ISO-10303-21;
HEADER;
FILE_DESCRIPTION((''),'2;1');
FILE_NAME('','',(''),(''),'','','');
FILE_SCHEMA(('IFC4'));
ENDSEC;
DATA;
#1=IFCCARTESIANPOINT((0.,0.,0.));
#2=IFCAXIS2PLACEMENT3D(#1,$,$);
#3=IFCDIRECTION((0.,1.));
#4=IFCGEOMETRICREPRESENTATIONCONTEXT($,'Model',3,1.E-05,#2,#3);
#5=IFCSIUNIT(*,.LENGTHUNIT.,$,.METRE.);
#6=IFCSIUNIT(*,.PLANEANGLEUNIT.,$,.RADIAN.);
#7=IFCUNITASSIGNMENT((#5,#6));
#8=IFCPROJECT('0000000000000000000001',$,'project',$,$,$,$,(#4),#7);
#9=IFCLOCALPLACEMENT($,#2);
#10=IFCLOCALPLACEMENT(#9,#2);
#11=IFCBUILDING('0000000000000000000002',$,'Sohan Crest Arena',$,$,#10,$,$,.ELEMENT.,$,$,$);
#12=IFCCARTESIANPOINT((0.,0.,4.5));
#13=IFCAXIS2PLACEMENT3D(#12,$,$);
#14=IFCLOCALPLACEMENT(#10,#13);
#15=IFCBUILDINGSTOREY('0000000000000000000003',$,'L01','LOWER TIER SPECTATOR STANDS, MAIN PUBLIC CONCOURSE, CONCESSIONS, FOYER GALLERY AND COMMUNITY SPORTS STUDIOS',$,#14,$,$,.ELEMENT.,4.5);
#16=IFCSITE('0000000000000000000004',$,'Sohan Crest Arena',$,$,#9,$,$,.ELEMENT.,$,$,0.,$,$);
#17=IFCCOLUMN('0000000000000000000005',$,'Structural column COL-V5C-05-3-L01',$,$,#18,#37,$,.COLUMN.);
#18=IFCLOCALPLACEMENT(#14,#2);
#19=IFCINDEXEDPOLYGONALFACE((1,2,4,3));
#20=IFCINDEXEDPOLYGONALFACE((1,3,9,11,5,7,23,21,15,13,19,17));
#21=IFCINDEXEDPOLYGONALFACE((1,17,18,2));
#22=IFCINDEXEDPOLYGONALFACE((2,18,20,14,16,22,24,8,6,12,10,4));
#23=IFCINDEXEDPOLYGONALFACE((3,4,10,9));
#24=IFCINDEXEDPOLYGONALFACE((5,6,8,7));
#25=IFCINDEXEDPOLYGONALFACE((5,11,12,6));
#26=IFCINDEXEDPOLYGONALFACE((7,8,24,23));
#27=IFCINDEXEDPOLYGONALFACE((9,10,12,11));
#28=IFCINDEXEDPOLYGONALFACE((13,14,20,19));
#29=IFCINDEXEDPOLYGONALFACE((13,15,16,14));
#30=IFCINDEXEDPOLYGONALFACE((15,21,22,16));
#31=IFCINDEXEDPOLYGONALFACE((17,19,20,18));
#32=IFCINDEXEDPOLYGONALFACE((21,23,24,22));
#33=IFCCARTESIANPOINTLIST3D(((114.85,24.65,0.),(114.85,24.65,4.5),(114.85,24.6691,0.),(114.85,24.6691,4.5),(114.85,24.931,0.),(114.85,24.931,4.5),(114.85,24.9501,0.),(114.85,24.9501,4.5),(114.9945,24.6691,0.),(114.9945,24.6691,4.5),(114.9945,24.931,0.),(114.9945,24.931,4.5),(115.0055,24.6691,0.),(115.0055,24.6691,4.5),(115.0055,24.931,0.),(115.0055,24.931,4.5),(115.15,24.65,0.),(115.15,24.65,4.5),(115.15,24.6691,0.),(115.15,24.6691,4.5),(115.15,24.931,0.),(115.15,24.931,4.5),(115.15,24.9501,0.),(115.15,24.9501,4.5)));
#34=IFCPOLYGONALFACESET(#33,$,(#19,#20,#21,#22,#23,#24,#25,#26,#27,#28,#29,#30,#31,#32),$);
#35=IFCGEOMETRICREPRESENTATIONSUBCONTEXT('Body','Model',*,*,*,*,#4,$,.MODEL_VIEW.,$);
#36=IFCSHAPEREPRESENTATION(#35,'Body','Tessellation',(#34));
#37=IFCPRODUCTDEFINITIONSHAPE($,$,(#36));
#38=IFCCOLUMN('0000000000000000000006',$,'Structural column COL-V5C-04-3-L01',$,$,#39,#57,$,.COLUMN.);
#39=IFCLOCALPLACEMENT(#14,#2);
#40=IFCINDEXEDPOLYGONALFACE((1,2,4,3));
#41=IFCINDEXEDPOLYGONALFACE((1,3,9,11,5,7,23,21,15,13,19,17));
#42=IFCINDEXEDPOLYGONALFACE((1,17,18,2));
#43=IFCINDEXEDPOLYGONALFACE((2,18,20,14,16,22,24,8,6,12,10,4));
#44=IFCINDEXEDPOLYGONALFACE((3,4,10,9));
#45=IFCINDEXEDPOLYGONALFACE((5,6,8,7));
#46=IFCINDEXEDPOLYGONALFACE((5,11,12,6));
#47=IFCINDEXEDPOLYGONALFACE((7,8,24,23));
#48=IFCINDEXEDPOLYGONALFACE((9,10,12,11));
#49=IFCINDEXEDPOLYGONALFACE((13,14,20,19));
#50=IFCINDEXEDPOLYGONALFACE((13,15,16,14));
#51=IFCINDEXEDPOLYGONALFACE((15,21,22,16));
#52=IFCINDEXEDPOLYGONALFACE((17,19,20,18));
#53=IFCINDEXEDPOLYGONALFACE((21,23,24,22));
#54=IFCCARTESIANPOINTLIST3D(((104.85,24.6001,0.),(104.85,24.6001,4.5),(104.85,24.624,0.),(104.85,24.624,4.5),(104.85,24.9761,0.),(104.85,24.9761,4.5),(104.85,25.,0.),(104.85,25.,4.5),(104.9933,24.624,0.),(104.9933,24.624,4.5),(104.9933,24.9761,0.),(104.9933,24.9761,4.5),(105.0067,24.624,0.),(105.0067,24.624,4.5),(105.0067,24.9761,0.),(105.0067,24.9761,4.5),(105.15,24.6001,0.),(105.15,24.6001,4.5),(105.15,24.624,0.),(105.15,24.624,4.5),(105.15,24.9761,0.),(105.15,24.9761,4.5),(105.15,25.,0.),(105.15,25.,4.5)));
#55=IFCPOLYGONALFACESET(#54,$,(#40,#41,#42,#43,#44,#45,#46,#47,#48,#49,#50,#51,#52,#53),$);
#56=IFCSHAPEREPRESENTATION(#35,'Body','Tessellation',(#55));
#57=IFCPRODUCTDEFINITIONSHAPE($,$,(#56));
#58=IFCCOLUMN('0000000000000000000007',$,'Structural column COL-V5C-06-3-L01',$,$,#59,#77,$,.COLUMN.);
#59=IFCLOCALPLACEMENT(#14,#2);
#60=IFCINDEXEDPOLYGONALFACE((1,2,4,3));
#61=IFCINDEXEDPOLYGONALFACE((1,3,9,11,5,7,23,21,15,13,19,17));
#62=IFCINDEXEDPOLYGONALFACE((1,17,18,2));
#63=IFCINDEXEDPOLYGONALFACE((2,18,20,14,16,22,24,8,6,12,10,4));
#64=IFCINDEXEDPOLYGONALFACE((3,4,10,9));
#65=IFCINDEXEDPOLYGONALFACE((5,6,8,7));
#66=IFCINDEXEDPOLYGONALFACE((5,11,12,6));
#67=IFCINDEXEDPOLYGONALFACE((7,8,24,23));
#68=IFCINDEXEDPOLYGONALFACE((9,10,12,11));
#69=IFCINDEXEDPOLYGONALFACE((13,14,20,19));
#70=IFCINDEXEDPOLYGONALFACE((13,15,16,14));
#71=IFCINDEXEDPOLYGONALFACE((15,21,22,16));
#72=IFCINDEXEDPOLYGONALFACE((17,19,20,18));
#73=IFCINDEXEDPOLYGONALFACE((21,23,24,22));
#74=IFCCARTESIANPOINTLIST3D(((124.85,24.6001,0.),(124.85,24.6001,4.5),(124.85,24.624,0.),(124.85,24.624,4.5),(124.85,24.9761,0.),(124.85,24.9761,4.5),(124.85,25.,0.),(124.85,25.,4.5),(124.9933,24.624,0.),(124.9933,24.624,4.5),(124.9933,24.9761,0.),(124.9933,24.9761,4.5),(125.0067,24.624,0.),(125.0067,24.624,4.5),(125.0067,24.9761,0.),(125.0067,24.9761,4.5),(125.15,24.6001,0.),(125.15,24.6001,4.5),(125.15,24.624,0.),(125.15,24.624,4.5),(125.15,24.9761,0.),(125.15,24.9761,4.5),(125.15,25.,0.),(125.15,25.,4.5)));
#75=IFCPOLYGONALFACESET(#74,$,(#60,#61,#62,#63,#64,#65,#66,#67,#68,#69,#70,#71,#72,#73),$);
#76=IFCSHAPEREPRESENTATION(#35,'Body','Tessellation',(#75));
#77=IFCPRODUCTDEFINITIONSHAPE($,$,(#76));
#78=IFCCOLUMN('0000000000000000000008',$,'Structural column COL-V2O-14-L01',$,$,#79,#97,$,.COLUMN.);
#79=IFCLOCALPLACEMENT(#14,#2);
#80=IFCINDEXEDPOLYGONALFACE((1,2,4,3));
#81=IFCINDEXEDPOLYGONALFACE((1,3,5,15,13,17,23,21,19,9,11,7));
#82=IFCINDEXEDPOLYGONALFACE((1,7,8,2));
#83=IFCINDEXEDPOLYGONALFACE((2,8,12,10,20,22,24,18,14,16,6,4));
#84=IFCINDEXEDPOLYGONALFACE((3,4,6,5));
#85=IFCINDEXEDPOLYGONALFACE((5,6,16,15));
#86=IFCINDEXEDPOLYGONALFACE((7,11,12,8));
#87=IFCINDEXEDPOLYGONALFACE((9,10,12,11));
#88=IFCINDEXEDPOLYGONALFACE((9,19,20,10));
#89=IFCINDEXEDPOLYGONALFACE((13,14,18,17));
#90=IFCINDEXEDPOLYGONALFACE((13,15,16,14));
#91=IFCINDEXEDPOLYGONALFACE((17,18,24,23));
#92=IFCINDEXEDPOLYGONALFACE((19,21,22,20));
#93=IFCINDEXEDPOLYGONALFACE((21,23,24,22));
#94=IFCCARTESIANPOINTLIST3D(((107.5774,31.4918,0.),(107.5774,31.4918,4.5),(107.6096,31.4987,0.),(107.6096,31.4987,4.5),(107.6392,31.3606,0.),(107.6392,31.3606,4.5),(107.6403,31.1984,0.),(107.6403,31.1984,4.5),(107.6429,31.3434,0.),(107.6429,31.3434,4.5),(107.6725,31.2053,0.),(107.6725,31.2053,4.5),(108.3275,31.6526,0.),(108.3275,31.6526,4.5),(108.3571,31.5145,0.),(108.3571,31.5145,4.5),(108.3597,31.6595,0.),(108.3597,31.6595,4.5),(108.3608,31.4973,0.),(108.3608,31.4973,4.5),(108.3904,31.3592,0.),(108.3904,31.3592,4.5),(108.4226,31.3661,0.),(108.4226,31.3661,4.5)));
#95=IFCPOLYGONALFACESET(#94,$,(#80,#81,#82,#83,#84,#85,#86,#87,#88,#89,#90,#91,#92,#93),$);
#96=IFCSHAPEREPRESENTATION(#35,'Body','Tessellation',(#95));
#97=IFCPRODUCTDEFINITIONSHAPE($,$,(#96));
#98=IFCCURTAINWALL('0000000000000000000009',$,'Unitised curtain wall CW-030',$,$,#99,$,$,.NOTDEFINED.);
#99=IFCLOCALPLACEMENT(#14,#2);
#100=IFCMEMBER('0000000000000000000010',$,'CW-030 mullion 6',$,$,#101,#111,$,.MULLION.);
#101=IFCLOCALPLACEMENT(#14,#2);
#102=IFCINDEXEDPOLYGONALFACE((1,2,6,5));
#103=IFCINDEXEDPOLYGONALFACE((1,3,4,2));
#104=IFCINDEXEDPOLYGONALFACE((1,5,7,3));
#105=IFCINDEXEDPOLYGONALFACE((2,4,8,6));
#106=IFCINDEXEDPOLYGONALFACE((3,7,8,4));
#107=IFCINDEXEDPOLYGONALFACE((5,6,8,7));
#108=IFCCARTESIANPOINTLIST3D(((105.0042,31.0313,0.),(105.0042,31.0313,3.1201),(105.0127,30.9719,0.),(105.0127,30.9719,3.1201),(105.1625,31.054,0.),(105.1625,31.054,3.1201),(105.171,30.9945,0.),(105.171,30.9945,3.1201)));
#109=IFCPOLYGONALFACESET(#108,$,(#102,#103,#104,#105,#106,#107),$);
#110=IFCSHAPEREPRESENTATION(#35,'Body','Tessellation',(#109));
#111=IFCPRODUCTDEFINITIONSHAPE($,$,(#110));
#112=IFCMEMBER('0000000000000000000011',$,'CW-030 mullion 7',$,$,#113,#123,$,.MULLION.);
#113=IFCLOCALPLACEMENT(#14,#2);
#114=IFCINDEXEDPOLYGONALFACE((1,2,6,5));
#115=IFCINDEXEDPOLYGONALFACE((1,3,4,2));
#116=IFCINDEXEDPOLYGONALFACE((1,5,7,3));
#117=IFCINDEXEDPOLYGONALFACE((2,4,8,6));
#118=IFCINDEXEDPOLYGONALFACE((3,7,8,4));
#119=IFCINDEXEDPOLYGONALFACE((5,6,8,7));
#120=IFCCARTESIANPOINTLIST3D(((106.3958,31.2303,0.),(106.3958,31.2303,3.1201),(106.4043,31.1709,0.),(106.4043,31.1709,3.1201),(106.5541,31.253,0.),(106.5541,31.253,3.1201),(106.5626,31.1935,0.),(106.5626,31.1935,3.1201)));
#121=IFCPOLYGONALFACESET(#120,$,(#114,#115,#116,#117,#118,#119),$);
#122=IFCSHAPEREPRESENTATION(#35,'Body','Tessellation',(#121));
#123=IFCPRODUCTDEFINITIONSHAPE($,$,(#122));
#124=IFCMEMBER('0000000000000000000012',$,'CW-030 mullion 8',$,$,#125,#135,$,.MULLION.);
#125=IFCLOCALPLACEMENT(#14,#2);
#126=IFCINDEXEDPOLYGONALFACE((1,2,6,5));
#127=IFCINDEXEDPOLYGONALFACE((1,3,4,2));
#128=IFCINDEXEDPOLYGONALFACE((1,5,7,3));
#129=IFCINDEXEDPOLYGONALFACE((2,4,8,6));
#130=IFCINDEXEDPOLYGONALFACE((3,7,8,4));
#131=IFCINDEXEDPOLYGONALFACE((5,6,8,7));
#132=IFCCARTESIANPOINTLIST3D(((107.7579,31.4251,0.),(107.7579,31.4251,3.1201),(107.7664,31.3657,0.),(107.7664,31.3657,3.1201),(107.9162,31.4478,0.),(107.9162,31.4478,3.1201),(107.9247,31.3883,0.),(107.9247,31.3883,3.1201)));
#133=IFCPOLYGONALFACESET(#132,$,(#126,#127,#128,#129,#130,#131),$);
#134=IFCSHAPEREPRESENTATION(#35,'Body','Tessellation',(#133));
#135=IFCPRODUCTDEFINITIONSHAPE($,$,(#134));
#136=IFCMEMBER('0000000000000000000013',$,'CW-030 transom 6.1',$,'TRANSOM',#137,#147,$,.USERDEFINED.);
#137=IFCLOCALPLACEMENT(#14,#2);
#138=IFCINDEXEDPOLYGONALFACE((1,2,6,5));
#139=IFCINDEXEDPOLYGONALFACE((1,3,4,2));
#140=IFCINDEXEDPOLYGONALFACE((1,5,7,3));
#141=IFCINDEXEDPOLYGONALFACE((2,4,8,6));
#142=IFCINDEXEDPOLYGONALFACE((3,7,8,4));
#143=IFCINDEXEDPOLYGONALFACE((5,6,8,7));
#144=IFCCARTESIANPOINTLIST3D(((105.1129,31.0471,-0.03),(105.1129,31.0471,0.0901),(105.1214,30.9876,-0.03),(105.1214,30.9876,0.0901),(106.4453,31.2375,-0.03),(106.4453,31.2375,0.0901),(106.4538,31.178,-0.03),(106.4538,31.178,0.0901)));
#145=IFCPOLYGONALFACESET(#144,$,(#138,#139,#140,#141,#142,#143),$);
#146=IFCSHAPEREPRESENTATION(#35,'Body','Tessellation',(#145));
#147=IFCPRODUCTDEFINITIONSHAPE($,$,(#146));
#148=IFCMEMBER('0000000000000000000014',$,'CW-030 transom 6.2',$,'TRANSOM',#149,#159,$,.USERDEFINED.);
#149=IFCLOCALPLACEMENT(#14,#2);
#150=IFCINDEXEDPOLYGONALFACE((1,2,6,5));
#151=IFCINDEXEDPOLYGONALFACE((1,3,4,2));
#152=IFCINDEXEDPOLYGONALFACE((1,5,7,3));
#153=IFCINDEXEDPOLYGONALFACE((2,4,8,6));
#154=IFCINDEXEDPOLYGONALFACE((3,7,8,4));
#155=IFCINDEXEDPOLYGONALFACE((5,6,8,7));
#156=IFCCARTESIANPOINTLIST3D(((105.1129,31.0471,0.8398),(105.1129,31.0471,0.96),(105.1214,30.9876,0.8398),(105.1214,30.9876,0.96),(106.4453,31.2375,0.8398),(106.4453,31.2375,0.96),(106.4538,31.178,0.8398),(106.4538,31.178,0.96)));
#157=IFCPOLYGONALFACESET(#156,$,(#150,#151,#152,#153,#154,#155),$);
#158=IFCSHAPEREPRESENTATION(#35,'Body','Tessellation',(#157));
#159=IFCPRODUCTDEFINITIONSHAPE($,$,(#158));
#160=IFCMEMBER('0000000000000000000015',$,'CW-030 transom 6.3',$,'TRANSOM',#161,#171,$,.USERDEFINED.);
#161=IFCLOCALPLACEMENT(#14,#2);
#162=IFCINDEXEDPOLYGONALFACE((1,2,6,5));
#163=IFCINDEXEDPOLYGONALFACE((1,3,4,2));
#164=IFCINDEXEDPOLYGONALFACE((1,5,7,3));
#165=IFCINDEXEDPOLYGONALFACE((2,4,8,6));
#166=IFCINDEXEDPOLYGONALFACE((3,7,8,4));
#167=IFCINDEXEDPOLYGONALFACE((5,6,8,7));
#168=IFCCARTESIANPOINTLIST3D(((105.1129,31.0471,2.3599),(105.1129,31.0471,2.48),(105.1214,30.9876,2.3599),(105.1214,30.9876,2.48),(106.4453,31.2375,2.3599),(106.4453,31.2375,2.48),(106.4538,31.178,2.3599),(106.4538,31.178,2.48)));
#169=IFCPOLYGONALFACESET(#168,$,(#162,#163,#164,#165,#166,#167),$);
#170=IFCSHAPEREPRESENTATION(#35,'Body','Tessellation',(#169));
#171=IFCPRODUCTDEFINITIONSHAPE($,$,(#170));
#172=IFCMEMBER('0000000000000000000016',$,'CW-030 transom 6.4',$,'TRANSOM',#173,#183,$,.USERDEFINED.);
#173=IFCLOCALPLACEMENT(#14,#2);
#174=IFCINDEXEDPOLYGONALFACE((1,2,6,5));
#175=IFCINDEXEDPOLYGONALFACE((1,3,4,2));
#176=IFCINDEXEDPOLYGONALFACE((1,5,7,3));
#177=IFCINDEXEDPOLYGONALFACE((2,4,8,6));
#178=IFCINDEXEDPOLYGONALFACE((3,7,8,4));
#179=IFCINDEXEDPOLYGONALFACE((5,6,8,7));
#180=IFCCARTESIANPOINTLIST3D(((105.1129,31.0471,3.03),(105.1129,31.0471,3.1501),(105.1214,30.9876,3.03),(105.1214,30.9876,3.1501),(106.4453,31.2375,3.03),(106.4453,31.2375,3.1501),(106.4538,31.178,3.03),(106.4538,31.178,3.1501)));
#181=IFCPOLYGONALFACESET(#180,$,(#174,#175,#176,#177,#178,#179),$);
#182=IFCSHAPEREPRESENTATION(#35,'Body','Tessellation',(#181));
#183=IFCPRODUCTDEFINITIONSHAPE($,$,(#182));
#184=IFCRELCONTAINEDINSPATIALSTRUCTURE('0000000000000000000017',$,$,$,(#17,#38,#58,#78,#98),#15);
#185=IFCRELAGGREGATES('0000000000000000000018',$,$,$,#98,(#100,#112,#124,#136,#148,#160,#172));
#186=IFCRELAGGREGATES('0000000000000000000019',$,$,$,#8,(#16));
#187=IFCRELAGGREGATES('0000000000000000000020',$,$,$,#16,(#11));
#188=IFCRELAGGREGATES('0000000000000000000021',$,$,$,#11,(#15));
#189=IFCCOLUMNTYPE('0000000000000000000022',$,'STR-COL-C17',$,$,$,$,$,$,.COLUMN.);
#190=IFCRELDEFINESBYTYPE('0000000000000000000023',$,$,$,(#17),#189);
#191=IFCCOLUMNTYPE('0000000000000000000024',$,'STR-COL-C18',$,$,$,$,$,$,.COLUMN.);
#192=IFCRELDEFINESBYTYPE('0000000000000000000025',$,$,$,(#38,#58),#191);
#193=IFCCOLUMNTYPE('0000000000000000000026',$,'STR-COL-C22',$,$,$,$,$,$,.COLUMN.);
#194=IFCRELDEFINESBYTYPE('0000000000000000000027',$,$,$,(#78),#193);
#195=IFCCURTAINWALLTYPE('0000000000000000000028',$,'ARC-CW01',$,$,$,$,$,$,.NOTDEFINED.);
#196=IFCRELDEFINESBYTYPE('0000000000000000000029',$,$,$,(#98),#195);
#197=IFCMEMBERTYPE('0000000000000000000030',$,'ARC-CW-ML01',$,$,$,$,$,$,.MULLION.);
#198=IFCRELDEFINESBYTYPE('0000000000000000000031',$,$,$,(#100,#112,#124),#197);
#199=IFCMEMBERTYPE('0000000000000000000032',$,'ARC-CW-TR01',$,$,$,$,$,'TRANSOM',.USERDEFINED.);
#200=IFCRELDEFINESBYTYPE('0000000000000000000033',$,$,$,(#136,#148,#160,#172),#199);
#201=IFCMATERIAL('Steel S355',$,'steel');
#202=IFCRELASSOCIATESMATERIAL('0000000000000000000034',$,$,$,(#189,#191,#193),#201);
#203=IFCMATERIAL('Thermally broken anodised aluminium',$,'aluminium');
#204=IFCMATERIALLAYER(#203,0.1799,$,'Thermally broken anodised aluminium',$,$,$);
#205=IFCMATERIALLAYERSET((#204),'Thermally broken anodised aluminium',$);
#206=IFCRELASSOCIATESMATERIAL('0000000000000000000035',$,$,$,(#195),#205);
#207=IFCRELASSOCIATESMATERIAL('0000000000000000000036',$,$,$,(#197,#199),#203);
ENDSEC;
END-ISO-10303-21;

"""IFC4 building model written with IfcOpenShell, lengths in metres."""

from ifc_helpers import new_model, si_unit, direction, frame, origin, origin_2d, place, context, subcontext, project, spatial, rectangle, i_section, extrude, material, layer, layer_set, material_profile, profile_set, type_object, element, aggregate, save


model = new_model("IFC4")

# Units and contexts
model_context = context("Model", 3, precision=1e-05, world=origin(), true_north=direction((0.0, 1.0)))
body_context = subcontext(model_context, "Body", "Model", "MODEL_VIEW")
ifc_project = project(units=[si_unit("LENGTHUNIT", "METRE"), si_unit("PLANEANGLEUNIT", "RADIAN")], contexts=[model_context])

# Site, building, storey
site_placement = place(None, origin())
site = spatial("IfcSite", under=ifc_project, at=site_placement, Name="Sohan Crest Arena", CompositionType="ELEMENT", RefElevation=0.0)
building_placement = place(site_placement, origin())
building = spatial("IfcBuilding", under=site, at=building_placement, Name="Sohan Crest Arena", CompositionType="ELEMENT")
storey_placement = place(building_placement, frame((0.0, 0.0, 4.5)))
storey = spatial("IfcBuildingStorey", under=building, at=storey_placement, Name="L01", Description="LOWER TIER SPECTATOR STANDS, MAIN PUBLIC CONCOURSE, CONCESSIONS, FOYER GALLERY AND COMMUNITY SPORTS STUDIOS", CompositionType="ELEMENT", Elevation=4.5)

# Columns
ifc_material_1 = material(Name="Steel S355", Category="steel")
ifc_material_profile_1 = material_profile(ifc_material_1, i_section(OverallWidth=0.3, OverallDepth=0.3, WebThickness=0.011, FlangeThickness=0.019, at=origin_2d()), Name="HEB 300")
ifc_profile_set_1 = profile_set([ifc_material_profile_1], Name="Steel S355")
column_type_1 = type_object("IfcColumnType", Name="STR-COL-C17", PredefinedType="COLUMN", material=ifc_profile_set_1)
column_1_placement = place(storey_placement, frame((115.0, 24.8, 0.0), z_axis=(0.0, 0.0, 1.0), x_axis=(1.0, 0.0, 0.0)))
element("IfcColumn", 1, at=column_1_placement, inside=storey, type_object=column_type_1, Name="Structural column COL-V5C-05-3-L01", PredefinedType="COLUMN", context=body_context, shape_type="SweptSolid", body=[
    extrude(i_section(OverallWidth=0.3, OverallDepth=0.3, WebThickness=0.011, FlangeThickness=0.019, at=origin_2d()), origin(), (0.0, 0.0, 1.0), 4.5),
])
ifc_material_profile_2 = material_profile(ifc_material_1, i_section(OverallWidth=0.3, OverallDepth=0.3999, WebThickness=0.0134, FlangeThickness=0.0239, at=origin_2d()), Name="HEB 400")
ifc_profile_set_2 = profile_set([ifc_material_profile_2], Name="Steel S355")
column_type_2 = type_object("IfcColumnType", Name="STR-COL-C18", PredefinedType="COLUMN", material=ifc_profile_set_2)
for number, where, z_axis, x_axis, name in (
    (2, (105.0, 24.8, 0.0), (0.0, 0.0, 1.0), (1.0, 0.0, 0.0), "Structural column COL-V5C-04-3-L01"),
    (3, (125.0, 24.8, 0.0), (0.0, 0.0, 1.0), (1.0, 0.0, 0.0), "Structural column COL-V5C-06-3-L01"),
):
    element("IfcColumn", number, at=place(storey_placement, frame(where, z_axis=z_axis, x_axis=x_axis)), inside=storey, type_object=column_type_2, Name=name, PredefinedType="COLUMN", context=body_context, shape_type="SweptSolid", body=[
        extrude(i_section(OverallWidth=0.3, OverallDepth=0.3999, WebThickness=0.0134, FlangeThickness=0.0239, at=origin_2d()), origin(), (0.0, 0.0, 1.0), 4.5),
    ])
ifc_material_profile_3 = material_profile(ifc_material_1, i_section(OverallWidth=0.3, OverallDepth=0.8, WebThickness=0.0176, FlangeThickness=0.033, at=origin_2d()), Name="HEB 800")
ifc_profile_set_3 = profile_set([ifc_material_profile_3], Name="Steel S355")
column_type_3 = type_object("IfcColumnType", Name="STR-COL-C22", PredefinedType="COLUMN", material=ifc_profile_set_3)
column_2_placement = place(storey_placement, frame((108.0, 31.429, 0.0), z_axis=(0.0, 0.0, 1.0), x_axis=(-0.209619, 0.977783, 0.0)))
element("IfcColumn", 4, at=column_2_placement, inside=storey, type_object=column_type_3, Name="Structural column COL-V2O-14-L01", PredefinedType="COLUMN", context=body_context, shape_type="SweptSolid", body=[
    extrude(i_section(OverallWidth=0.3, OverallDepth=0.8, WebThickness=0.0176, FlangeThickness=0.033, at=origin_2d()), origin(), (0.0, 0.0, 1.0), 4.5),
])

# Curtain wall, members
ifc_material_2 = material(Name="Thermally broken anodised aluminium", Category="aluminium")
ifc_layer_1 = layer(ifc_material_2, 0.1799, Name="Thermally broken anodised aluminium")
ifc_layer_set_1 = layer_set([ifc_layer_1], Name="Thermally broken anodised aluminium")
curtain_wall_type = type_object("IfcCurtainWallType", Name="ARC-CW01", PredefinedType="NOTDEFINED", material=ifc_layer_set_1)
curtain_wall_placement = place(storey_placement, origin())
curtain_wall = element("IfcCurtainWall", 5, at=curtain_wall_placement, inside=storey, type_object=curtain_wall_type, Name="Unitised curtain wall CW-030", PredefinedType="NOTDEFINED")
ifc_material_profile_4 = material_profile(ifc_material_2, rectangle(XDim=0.0601, YDim=0.1599, at=origin_2d()), Name="ALU-MULL 60x160")
ifc_profile_set_4 = profile_set([ifc_material_profile_4], Name="Thermally broken anodised aluminium")
member_type_1 = type_object("IfcMemberType", Name="ARC-CW-ML01", PredefinedType="MULLION", material=ifc_profile_set_4)
member_1_placement = place(storey_placement, frame((105.0876, 31.0129, 0.0), z_axis=(0.0, 0.0, 1.0), x_axis=(-0.141549, 0.989931, 0.0)))
member_1 = element("IfcMember", 6, at=member_1_placement, type_object=member_type_1, Name="CW-030 mullion 6", PredefinedType="MULLION", context=body_context, shape_type="SweptSolid", body=[
    extrude(rectangle(XDim=0.0601, YDim=0.1599, at=origin_2d()), origin(), (0.0, 0.0, 1.0), 3.1201),
])
member_2_placement = place(storey_placement, frame((106.4792, 31.2119, 0.0), z_axis=(0.0, 0.0, 1.0), x_axis=(-0.141549, 0.989931, 0.0)))
member_2 = element("IfcMember", 7, at=member_2_placement, type_object=member_type_1, Name="CW-030 mullion 7", PredefinedType="MULLION", context=body_context, shape_type="SweptSolid", body=[
    extrude(rectangle(XDim=0.0601, YDim=0.1599, at=origin_2d()), origin(), (0.0, 0.0, 1.0), 3.1201),
])
member_3_placement = place(storey_placement, frame((107.8413, 31.4067, 0.0), z_axis=(0.0, 0.0, 1.0), x_axis=(-0.141549, 0.989931, 0.0)))
member_3 = element("IfcMember", 8, at=member_3_placement, type_object=member_type_1, Name="CW-030 mullion 8", PredefinedType="MULLION", context=body_context, shape_type="SweptSolid", body=[
    extrude(rectangle(XDim=0.0601, YDim=0.1599, at=origin_2d()), origin(), (0.0, 0.0, 1.0), 3.1201),
])
ifc_material_profile_5 = material_profile(ifc_material_2, rectangle(XDim=0.0601, YDim=0.1201, at=origin_2d()), Name="ALU-TRAN 60x120")
ifc_profile_set_5 = profile_set([ifc_material_profile_5], Name="Thermally broken anodised aluminium")
member_type_2 = type_object("IfcMemberType", Name="ARC-CW-TR01", ElementType="TRANSOM", PredefinedType="USERDEFINED", material=ifc_profile_set_5)
member_4_placement = place(storey_placement, frame((105.1172, 31.0173, 0.03), z_axis=(0.989942, 0.141472, 0.0), x_axis=(-0.141472, 0.989942, 0.0)))
member_4 = element("IfcMember", 9, at=member_4_placement, type_object=member_type_2, Name="CW-030 transom 6.1", ObjectType="TRANSOM", PredefinedType="USERDEFINED", context=body_context, shape_type="SweptSolid", body=[
    extrude(rectangle(XDim=0.0601, YDim=0.1201, at=origin_2d()), origin(), (0.0, 0.0, 1.0), 1.3459),
])
member_5_placement = place(storey_placement, frame((105.1172, 31.0173, 0.8999), z_axis=(0.989942, 0.141472, 0.0), x_axis=(-0.141472, 0.989942, 0.0)))
member_5 = element("IfcMember", 10, at=member_5_placement, type_object=member_type_2, Name="CW-030 transom 6.2", ObjectType="TRANSOM", PredefinedType="USERDEFINED", context=body_context, shape_type="SweptSolid", body=[
    extrude(rectangle(XDim=0.0601, YDim=0.1201, at=origin_2d()), origin(), (0.0, 0.0, 1.0), 1.3459),
])
member_6_placement = place(storey_placement, frame((105.1172, 31.0173, 2.4199), z_axis=(0.989942, 0.141472, 0.0), x_axis=(-0.141472, 0.989942, 0.0)))
member_6 = element("IfcMember", 11, at=member_6_placement, type_object=member_type_2, Name="CW-030 transom 6.3", ObjectType="TRANSOM", PredefinedType="USERDEFINED", context=body_context, shape_type="SweptSolid", body=[
    extrude(rectangle(XDim=0.0601, YDim=0.1201, at=origin_2d()), origin(), (0.0, 0.0, 1.0), 1.3459),
])
member_7_placement = place(storey_placement, frame((105.1172, 31.0173, 3.0901), z_axis=(0.989942, 0.141472, 0.0), x_axis=(-0.141472, 0.989942, 0.0)))
member_7 = element("IfcMember", 12, at=member_7_placement, type_object=member_type_2, Name="CW-030 transom 6.4", ObjectType="TRANSOM", PredefinedType="USERDEFINED", context=body_context, shape_type="SweptSolid", body=[
    extrude(rectangle(XDim=0.0601, YDim=0.1201, at=origin_2d()), origin(), (0.0, 0.0, 1.0), 1.3459),
])

aggregate(curtain_wall, [member_1, member_2, member_3, member_4, member_5, member_6, member_7])

save(model, "model.ifc")
